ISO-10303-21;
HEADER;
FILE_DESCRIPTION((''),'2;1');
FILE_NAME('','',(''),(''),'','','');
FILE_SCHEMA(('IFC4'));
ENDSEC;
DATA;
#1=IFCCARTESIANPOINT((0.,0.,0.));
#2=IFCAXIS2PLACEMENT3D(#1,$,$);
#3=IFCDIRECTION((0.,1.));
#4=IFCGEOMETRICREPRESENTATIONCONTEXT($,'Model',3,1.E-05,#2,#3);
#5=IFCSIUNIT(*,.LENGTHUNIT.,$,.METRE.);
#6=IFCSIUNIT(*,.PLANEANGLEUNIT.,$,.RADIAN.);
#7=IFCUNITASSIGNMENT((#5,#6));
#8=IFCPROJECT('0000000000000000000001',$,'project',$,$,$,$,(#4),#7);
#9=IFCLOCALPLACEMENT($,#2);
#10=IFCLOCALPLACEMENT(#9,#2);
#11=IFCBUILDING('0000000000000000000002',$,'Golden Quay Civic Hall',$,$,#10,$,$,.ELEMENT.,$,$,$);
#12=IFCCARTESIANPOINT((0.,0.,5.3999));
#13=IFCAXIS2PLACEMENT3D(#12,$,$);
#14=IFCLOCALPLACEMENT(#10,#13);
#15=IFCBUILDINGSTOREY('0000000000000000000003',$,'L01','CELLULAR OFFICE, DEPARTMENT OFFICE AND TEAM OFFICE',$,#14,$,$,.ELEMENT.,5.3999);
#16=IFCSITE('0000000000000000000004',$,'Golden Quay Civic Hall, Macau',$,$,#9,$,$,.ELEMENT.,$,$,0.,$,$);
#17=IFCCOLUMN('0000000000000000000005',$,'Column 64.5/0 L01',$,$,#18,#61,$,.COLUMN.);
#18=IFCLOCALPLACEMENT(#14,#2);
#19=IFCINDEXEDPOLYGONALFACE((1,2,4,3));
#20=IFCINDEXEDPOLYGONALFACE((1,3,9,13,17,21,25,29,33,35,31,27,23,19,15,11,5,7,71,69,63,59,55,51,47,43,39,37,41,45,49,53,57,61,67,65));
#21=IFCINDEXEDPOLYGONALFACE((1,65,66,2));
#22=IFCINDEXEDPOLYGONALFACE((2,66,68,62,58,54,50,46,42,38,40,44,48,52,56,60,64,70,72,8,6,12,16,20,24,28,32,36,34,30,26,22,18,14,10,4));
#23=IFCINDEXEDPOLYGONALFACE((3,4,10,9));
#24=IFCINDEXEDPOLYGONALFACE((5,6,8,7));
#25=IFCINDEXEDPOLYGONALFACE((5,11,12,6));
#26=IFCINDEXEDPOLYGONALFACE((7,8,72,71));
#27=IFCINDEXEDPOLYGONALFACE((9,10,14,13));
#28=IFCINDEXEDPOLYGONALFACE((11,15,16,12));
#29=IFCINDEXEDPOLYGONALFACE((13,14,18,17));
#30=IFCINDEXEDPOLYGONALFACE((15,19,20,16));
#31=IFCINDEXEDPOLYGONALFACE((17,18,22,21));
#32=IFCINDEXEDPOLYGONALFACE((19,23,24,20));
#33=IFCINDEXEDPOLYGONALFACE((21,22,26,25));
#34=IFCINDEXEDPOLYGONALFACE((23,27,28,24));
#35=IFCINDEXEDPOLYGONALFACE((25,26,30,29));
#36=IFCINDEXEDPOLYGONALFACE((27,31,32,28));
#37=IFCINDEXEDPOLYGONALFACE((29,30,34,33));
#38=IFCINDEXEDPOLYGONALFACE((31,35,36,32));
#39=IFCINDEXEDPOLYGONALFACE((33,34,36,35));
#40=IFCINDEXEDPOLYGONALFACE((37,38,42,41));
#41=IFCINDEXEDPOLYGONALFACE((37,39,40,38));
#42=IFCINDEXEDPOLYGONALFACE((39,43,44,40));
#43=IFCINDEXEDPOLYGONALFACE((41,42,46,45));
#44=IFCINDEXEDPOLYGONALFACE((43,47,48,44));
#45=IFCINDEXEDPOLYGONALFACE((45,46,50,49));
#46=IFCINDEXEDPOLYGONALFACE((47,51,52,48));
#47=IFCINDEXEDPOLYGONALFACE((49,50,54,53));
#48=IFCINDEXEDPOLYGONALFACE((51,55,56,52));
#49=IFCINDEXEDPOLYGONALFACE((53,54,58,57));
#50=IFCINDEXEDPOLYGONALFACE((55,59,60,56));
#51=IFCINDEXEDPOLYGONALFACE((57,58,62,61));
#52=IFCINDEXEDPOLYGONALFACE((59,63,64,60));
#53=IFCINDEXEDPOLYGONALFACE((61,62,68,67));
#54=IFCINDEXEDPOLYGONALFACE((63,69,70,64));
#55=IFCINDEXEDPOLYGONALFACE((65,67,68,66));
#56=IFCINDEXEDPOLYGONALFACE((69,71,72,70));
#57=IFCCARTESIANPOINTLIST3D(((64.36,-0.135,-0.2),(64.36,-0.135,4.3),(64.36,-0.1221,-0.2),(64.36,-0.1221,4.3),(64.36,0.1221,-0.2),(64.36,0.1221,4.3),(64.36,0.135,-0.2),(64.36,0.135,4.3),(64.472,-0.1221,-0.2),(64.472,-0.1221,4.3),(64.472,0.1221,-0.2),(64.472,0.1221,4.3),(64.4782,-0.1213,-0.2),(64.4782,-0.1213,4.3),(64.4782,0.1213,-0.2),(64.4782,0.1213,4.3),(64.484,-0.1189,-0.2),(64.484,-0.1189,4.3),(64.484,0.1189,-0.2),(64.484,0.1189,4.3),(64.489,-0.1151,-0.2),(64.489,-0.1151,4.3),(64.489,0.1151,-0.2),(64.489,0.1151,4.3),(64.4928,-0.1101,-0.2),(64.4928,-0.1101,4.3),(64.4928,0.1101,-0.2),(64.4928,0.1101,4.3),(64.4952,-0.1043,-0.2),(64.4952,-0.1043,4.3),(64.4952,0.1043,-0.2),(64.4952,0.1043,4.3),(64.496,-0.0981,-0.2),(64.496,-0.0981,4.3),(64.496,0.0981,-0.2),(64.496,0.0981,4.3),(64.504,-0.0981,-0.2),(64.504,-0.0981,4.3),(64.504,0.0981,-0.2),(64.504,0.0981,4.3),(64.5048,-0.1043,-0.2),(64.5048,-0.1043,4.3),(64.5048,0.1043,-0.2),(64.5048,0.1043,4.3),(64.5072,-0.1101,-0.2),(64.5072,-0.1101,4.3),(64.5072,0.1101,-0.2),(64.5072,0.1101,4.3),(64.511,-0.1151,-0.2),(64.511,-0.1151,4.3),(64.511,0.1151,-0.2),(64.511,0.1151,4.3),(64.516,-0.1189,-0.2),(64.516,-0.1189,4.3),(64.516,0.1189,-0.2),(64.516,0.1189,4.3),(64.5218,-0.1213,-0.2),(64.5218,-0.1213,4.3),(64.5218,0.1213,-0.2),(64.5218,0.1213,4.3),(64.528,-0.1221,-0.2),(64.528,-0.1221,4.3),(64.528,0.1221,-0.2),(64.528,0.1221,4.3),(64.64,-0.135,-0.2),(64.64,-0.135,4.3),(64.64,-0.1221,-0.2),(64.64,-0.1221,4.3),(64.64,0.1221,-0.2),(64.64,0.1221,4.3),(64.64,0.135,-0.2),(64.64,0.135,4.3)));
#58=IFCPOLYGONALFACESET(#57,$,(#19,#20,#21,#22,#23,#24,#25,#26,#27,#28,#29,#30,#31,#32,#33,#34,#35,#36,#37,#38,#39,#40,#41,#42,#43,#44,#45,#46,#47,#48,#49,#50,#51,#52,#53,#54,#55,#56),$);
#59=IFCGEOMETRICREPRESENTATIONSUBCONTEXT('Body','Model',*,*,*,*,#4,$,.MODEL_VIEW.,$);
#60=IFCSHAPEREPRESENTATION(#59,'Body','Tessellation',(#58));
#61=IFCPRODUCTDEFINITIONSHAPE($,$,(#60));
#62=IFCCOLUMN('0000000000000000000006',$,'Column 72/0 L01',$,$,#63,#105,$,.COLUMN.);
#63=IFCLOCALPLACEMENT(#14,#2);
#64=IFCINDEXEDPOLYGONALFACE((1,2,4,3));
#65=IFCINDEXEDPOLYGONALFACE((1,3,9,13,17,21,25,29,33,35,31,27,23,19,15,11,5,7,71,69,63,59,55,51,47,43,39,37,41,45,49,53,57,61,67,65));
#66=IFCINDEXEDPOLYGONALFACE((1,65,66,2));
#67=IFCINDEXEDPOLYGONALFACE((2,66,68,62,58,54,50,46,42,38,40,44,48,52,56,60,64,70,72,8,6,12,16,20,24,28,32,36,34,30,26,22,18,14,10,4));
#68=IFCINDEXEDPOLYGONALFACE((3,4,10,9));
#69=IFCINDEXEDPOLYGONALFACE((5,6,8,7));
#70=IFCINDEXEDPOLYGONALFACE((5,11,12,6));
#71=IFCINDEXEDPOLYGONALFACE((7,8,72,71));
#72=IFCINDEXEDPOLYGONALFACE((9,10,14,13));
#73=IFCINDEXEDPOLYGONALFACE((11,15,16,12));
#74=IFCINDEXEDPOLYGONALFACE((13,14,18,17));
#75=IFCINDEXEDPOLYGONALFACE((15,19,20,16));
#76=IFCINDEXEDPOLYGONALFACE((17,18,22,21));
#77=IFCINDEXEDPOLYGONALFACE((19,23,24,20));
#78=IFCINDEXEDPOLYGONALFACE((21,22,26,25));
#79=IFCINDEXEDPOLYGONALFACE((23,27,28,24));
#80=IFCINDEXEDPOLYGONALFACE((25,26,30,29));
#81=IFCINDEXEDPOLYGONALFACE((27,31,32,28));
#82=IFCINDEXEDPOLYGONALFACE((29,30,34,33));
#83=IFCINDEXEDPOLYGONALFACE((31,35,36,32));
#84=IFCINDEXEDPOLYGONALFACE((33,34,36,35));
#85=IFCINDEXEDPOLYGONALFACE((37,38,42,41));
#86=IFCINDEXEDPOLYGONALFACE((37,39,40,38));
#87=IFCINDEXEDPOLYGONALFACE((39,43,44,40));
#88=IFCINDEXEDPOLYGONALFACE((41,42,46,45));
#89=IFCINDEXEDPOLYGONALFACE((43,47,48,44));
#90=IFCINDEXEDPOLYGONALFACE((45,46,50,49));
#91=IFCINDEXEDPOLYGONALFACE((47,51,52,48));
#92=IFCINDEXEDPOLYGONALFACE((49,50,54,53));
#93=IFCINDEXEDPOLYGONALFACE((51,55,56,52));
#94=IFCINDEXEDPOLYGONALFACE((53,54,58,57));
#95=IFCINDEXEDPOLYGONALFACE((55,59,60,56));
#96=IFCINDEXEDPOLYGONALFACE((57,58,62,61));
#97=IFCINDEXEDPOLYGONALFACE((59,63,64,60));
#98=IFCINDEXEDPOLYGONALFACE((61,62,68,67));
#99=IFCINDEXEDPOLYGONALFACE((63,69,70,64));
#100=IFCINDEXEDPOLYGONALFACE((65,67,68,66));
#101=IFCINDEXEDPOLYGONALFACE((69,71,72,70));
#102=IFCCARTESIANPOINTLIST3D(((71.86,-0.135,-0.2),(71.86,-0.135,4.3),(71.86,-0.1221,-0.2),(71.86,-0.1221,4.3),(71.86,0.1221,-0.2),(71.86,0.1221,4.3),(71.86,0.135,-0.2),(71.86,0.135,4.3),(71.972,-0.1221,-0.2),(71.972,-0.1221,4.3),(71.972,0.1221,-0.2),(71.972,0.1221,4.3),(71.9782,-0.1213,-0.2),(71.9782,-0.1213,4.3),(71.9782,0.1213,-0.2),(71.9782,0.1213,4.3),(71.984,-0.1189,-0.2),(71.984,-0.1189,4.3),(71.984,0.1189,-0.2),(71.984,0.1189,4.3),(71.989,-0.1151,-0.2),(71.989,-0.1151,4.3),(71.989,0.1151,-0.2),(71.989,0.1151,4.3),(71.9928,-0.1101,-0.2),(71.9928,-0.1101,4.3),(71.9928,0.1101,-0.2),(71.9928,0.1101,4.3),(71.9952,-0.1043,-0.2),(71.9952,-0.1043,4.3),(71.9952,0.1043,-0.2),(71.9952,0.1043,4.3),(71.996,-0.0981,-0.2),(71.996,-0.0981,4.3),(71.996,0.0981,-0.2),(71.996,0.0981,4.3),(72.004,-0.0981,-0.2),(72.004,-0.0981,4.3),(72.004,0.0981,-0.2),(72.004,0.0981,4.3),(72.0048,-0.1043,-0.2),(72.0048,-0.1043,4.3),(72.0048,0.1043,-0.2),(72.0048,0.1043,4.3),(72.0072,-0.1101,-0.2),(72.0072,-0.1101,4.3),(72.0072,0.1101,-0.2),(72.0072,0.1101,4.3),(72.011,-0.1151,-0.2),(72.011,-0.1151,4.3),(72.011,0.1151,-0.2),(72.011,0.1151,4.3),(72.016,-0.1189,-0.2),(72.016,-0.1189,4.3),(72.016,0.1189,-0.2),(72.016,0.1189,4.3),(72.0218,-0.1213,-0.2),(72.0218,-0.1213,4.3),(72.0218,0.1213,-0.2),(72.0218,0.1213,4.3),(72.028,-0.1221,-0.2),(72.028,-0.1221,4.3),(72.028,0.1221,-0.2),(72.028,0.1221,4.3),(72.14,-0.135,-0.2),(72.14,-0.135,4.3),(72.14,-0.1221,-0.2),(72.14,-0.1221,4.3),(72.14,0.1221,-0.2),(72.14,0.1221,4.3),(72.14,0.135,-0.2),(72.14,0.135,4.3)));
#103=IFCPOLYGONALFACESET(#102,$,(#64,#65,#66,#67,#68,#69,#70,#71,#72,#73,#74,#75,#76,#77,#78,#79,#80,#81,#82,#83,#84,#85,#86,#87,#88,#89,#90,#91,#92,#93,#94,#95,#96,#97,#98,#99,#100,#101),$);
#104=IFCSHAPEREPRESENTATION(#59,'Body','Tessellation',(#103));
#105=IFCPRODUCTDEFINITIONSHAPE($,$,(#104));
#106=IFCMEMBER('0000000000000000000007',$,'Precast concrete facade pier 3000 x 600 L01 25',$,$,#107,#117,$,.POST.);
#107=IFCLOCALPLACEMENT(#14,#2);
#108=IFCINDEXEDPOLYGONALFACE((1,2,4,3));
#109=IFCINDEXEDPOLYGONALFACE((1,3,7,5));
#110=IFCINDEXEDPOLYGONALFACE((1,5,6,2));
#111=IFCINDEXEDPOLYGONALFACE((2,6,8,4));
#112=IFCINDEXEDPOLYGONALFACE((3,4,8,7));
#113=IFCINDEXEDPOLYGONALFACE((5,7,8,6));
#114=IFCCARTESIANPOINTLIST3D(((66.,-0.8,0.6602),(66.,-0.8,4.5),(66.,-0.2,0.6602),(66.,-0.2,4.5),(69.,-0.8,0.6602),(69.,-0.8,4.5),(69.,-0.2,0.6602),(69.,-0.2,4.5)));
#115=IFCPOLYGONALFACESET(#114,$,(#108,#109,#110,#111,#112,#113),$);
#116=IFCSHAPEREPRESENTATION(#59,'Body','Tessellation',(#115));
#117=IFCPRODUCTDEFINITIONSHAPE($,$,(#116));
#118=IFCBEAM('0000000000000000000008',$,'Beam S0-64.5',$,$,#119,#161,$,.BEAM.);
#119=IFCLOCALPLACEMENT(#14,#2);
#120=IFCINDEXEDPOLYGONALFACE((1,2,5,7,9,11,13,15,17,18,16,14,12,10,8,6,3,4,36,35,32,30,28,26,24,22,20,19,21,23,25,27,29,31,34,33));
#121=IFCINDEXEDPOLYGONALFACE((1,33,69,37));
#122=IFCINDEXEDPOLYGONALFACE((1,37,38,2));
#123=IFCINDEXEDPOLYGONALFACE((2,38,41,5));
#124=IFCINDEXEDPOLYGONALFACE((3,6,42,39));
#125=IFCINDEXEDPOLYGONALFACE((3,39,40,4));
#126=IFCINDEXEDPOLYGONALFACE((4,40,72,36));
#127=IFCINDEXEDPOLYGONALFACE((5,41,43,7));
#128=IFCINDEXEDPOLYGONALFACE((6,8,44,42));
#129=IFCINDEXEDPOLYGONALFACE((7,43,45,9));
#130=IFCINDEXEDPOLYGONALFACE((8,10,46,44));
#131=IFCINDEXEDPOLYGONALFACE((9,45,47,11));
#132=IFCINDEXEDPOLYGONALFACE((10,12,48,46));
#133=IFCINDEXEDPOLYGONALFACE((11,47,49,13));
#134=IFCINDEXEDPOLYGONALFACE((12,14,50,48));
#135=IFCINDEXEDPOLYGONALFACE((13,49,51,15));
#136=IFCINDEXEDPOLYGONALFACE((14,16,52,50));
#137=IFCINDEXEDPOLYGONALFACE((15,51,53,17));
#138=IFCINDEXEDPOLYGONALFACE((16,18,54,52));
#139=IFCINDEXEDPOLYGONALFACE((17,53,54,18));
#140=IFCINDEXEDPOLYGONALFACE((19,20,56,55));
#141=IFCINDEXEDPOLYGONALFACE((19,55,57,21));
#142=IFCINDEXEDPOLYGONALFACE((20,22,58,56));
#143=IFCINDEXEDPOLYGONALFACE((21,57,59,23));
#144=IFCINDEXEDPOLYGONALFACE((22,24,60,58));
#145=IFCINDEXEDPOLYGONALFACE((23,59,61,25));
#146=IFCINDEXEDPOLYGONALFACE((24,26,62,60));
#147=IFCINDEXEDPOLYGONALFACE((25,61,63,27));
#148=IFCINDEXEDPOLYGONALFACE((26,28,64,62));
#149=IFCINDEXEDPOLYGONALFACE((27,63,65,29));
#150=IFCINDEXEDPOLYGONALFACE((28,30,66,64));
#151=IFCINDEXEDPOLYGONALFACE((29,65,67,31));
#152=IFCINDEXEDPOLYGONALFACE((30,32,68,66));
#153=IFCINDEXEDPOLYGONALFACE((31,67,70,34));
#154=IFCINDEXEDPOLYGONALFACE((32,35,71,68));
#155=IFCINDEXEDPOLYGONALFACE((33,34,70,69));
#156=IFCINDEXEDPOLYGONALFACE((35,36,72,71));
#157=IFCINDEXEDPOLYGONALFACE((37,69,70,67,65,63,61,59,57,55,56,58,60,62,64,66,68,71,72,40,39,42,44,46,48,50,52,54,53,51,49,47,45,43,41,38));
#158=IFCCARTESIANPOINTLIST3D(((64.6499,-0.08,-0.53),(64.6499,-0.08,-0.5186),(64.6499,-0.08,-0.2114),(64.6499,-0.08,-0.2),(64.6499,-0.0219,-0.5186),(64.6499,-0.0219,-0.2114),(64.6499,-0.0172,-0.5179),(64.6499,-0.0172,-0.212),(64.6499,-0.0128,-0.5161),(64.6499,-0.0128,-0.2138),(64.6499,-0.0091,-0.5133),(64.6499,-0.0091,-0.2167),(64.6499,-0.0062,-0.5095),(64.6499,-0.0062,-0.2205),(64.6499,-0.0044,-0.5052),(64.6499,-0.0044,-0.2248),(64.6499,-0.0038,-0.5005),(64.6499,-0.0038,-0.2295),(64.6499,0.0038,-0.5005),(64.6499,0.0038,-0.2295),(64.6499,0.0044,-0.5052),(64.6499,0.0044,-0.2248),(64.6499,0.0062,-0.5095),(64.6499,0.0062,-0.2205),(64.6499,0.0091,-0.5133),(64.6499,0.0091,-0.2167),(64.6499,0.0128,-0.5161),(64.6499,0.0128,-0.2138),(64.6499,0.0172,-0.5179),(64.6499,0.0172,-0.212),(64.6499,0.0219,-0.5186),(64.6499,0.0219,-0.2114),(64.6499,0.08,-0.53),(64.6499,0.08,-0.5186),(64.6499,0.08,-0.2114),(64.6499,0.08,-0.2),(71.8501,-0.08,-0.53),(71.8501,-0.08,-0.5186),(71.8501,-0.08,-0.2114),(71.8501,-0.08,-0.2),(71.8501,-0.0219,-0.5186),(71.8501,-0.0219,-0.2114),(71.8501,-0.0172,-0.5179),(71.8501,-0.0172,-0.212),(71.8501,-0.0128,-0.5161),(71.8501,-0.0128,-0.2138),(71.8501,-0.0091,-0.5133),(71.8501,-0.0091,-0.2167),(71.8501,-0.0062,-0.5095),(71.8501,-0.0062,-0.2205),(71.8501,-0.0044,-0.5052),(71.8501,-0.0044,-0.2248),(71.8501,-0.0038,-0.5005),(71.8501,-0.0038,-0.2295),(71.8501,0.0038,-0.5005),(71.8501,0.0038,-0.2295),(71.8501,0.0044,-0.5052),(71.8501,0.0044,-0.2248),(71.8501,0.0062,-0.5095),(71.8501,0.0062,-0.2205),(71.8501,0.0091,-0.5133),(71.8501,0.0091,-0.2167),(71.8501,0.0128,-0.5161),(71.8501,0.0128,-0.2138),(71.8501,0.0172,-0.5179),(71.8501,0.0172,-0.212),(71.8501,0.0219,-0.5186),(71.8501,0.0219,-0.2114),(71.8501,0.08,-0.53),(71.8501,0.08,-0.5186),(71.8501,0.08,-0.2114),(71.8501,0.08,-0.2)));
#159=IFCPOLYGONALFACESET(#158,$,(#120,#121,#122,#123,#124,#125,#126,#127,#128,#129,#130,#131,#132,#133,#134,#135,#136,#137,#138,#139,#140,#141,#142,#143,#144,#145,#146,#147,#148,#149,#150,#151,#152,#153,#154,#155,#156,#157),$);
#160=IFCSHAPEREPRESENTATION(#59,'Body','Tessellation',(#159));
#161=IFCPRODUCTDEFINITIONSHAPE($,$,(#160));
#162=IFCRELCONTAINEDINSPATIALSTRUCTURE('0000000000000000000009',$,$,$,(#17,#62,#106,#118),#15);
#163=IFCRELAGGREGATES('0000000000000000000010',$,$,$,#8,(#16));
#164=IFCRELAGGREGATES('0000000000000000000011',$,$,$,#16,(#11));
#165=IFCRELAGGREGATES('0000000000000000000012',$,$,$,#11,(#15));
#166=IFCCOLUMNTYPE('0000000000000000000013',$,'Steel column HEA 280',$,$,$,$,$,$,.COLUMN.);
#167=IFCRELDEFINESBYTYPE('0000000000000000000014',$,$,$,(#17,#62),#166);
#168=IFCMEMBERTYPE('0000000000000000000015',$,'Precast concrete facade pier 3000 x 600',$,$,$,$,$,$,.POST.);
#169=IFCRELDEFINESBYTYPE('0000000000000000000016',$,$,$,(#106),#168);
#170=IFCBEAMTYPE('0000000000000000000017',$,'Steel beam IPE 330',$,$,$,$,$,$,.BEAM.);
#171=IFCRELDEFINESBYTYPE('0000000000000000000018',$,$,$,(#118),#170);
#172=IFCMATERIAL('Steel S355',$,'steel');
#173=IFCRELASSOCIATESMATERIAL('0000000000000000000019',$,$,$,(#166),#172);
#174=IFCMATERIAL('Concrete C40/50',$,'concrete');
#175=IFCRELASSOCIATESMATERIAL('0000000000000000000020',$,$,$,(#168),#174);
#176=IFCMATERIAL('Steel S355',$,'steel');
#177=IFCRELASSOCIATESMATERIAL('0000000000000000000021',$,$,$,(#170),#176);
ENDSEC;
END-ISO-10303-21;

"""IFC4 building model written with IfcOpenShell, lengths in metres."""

from ifc_helpers import new_model, si_unit, direction, frame, origin, origin_2d, place, context, subcontext, project, spatial, rectangle, i_section, extrude, material, material_profile, profile_set, type_object, element, save


model = new_model("IFC4")

# Units and contexts
model_context = context("Model", 3, precision=1e-05, world=origin(), true_north=direction((0.0, 1.0)))
body_context = subcontext(model_context, "Body", "Model", "MODEL_VIEW")
ifc_project = project(units=[si_unit("LENGTHUNIT", "METRE"), si_unit("PLANEANGLEUNIT", "RADIAN")], contexts=[model_context])

# Site, building, storey
site_placement = place(None, origin())
site = spatial("IfcSite", under=ifc_project, at=site_placement, Name="Golden Quay Civic Hall, Macau", CompositionType="ELEMENT", RefElevation=0.0)
building_placement = place(site_placement, origin())
building = spatial("IfcBuilding", under=site, at=building_placement, Name="Golden Quay Civic Hall", CompositionType="ELEMENT")
storey_placement = place(building_placement, frame((0.0, 0.0, 5.3999)))
storey = spatial("IfcBuildingStorey", under=building, at=storey_placement, Name="L01", Description="CELLULAR OFFICE, DEPARTMENT OFFICE AND TEAM OFFICE", CompositionType="ELEMENT", Elevation=5.3999)

# Columns
ifc_material_1 = material(Name="Steel S355", Category="steel")
ifc_material_profile_1 = material_profile(ifc_material_1, i_section(OverallWidth=0.28, OverallDepth=0.27, WebThickness=0.0081, FlangeThickness=0.0129, FilletRadius=0.0239, at=origin_2d()), Name="HEA 280")
ifc_profile_set_1 = profile_set([ifc_material_profile_1], Name="Steel S355")
column_type = type_object("IfcColumnType", Name="Steel column HEA 280", PredefinedType="COLUMN", material=ifc_profile_set_1)
for number, where, z_axis, x_axis, name in (
    (1, (64.5, 0.0, -0.2), (0.0, 0.0, 1.0), (1.0, 0.0, 0.0), "Column 64.5/0 L01"),
    (2, (72.0, 0.0, -0.2), (0.0, 0.0, 1.0), (1.0, 0.0, 0.0), "Column 72/0 L01"),
):
    element("IfcColumn", number, at=place(storey_placement, frame(where, z_axis=z_axis, x_axis=x_axis)), inside=storey, type_object=column_type, Name=name, PredefinedType="COLUMN", context=body_context, shape_type="SweptSolid", body=[
        extrude(i_section(OverallWidth=0.28, OverallDepth=0.27, WebThickness=0.0081, FlangeThickness=0.0129, FilletRadius=0.0239, at=origin_2d()), origin(), (0.0, 0.0, 1.0), 4.5),
    ])

# Member
ifc_material_2 = material(Name="Concrete C40/50", Category="concrete")
ifc_material_profile_2 = material_profile(ifc_material_2, rectangle(XDim=3.0, YDim=0.6001, at=origin_2d()), Name="RC 3000x600")
ifc_profile_set_2 = profile_set([ifc_material_profile_2], Name="Concrete C40/50")
member_type_1 = type_object("IfcMemberType", Name="Precast concrete facade pier 3000 x 600", PredefinedType="POST", material=ifc_profile_set_2)
member_1_placement = place(storey_placement, frame((67.5, -0.5, 0.6602), z_axis=(0.0, 0.0, 1.0), x_axis=(1.0, 0.0, 0.0)))
element("IfcMember", 3, at=member_1_placement, inside=storey, type_object=member_type_1, Name="Precast concrete facade pier 3000 x 600 L01 25", PredefinedType="POST", context=body_context, shape_type="SweptSolid", body=[
    extrude(rectangle(XDim=3.0, YDim=0.6001, at=origin_2d()), origin(), (0.0, 0.0, 1.0), 3.8398),
])

# Beam
ifc_material_3 = material(Name="Steel S355", Category="steel")
ifc_material_profile_3 = material_profile(ifc_material_3, i_section(OverallWidth=0.1599, OverallDepth=0.3301, WebThickness=0.0076, FlangeThickness=0.0115, FilletRadius=0.0181, at=origin_2d()), Name="IPE 330")
ifc_profile_set_3 = profile_set([ifc_material_profile_3], Name="Steel S355")
beam_type_1 = type_object("IfcBeamType", Name="Steel beam IPE 330", PredefinedType="BEAM", material=ifc_profile_set_3)
beam_1_placement = place(storey_placement, frame((64.6499, 0.0, -0.365), z_axis=(1.0, 0.0, 0.0), x_axis=(0.0, 1.0, 0.0)))
element("IfcBeam", 4, at=beam_1_placement, inside=storey, type_object=beam_type_1, Name="Beam S0-64.5", PredefinedType="BEAM", context=body_context, shape_type="SweptSolid", body=[
    extrude(i_section(OverallWidth=0.1599, OverallDepth=0.3301, WebThickness=0.0076, FlangeThickness=0.0115, FilletRadius=0.0181, at=origin_2d()), origin(), (0.0, 0.0, 1.0), 7.2002),
])

save(model, "model.ifc")
